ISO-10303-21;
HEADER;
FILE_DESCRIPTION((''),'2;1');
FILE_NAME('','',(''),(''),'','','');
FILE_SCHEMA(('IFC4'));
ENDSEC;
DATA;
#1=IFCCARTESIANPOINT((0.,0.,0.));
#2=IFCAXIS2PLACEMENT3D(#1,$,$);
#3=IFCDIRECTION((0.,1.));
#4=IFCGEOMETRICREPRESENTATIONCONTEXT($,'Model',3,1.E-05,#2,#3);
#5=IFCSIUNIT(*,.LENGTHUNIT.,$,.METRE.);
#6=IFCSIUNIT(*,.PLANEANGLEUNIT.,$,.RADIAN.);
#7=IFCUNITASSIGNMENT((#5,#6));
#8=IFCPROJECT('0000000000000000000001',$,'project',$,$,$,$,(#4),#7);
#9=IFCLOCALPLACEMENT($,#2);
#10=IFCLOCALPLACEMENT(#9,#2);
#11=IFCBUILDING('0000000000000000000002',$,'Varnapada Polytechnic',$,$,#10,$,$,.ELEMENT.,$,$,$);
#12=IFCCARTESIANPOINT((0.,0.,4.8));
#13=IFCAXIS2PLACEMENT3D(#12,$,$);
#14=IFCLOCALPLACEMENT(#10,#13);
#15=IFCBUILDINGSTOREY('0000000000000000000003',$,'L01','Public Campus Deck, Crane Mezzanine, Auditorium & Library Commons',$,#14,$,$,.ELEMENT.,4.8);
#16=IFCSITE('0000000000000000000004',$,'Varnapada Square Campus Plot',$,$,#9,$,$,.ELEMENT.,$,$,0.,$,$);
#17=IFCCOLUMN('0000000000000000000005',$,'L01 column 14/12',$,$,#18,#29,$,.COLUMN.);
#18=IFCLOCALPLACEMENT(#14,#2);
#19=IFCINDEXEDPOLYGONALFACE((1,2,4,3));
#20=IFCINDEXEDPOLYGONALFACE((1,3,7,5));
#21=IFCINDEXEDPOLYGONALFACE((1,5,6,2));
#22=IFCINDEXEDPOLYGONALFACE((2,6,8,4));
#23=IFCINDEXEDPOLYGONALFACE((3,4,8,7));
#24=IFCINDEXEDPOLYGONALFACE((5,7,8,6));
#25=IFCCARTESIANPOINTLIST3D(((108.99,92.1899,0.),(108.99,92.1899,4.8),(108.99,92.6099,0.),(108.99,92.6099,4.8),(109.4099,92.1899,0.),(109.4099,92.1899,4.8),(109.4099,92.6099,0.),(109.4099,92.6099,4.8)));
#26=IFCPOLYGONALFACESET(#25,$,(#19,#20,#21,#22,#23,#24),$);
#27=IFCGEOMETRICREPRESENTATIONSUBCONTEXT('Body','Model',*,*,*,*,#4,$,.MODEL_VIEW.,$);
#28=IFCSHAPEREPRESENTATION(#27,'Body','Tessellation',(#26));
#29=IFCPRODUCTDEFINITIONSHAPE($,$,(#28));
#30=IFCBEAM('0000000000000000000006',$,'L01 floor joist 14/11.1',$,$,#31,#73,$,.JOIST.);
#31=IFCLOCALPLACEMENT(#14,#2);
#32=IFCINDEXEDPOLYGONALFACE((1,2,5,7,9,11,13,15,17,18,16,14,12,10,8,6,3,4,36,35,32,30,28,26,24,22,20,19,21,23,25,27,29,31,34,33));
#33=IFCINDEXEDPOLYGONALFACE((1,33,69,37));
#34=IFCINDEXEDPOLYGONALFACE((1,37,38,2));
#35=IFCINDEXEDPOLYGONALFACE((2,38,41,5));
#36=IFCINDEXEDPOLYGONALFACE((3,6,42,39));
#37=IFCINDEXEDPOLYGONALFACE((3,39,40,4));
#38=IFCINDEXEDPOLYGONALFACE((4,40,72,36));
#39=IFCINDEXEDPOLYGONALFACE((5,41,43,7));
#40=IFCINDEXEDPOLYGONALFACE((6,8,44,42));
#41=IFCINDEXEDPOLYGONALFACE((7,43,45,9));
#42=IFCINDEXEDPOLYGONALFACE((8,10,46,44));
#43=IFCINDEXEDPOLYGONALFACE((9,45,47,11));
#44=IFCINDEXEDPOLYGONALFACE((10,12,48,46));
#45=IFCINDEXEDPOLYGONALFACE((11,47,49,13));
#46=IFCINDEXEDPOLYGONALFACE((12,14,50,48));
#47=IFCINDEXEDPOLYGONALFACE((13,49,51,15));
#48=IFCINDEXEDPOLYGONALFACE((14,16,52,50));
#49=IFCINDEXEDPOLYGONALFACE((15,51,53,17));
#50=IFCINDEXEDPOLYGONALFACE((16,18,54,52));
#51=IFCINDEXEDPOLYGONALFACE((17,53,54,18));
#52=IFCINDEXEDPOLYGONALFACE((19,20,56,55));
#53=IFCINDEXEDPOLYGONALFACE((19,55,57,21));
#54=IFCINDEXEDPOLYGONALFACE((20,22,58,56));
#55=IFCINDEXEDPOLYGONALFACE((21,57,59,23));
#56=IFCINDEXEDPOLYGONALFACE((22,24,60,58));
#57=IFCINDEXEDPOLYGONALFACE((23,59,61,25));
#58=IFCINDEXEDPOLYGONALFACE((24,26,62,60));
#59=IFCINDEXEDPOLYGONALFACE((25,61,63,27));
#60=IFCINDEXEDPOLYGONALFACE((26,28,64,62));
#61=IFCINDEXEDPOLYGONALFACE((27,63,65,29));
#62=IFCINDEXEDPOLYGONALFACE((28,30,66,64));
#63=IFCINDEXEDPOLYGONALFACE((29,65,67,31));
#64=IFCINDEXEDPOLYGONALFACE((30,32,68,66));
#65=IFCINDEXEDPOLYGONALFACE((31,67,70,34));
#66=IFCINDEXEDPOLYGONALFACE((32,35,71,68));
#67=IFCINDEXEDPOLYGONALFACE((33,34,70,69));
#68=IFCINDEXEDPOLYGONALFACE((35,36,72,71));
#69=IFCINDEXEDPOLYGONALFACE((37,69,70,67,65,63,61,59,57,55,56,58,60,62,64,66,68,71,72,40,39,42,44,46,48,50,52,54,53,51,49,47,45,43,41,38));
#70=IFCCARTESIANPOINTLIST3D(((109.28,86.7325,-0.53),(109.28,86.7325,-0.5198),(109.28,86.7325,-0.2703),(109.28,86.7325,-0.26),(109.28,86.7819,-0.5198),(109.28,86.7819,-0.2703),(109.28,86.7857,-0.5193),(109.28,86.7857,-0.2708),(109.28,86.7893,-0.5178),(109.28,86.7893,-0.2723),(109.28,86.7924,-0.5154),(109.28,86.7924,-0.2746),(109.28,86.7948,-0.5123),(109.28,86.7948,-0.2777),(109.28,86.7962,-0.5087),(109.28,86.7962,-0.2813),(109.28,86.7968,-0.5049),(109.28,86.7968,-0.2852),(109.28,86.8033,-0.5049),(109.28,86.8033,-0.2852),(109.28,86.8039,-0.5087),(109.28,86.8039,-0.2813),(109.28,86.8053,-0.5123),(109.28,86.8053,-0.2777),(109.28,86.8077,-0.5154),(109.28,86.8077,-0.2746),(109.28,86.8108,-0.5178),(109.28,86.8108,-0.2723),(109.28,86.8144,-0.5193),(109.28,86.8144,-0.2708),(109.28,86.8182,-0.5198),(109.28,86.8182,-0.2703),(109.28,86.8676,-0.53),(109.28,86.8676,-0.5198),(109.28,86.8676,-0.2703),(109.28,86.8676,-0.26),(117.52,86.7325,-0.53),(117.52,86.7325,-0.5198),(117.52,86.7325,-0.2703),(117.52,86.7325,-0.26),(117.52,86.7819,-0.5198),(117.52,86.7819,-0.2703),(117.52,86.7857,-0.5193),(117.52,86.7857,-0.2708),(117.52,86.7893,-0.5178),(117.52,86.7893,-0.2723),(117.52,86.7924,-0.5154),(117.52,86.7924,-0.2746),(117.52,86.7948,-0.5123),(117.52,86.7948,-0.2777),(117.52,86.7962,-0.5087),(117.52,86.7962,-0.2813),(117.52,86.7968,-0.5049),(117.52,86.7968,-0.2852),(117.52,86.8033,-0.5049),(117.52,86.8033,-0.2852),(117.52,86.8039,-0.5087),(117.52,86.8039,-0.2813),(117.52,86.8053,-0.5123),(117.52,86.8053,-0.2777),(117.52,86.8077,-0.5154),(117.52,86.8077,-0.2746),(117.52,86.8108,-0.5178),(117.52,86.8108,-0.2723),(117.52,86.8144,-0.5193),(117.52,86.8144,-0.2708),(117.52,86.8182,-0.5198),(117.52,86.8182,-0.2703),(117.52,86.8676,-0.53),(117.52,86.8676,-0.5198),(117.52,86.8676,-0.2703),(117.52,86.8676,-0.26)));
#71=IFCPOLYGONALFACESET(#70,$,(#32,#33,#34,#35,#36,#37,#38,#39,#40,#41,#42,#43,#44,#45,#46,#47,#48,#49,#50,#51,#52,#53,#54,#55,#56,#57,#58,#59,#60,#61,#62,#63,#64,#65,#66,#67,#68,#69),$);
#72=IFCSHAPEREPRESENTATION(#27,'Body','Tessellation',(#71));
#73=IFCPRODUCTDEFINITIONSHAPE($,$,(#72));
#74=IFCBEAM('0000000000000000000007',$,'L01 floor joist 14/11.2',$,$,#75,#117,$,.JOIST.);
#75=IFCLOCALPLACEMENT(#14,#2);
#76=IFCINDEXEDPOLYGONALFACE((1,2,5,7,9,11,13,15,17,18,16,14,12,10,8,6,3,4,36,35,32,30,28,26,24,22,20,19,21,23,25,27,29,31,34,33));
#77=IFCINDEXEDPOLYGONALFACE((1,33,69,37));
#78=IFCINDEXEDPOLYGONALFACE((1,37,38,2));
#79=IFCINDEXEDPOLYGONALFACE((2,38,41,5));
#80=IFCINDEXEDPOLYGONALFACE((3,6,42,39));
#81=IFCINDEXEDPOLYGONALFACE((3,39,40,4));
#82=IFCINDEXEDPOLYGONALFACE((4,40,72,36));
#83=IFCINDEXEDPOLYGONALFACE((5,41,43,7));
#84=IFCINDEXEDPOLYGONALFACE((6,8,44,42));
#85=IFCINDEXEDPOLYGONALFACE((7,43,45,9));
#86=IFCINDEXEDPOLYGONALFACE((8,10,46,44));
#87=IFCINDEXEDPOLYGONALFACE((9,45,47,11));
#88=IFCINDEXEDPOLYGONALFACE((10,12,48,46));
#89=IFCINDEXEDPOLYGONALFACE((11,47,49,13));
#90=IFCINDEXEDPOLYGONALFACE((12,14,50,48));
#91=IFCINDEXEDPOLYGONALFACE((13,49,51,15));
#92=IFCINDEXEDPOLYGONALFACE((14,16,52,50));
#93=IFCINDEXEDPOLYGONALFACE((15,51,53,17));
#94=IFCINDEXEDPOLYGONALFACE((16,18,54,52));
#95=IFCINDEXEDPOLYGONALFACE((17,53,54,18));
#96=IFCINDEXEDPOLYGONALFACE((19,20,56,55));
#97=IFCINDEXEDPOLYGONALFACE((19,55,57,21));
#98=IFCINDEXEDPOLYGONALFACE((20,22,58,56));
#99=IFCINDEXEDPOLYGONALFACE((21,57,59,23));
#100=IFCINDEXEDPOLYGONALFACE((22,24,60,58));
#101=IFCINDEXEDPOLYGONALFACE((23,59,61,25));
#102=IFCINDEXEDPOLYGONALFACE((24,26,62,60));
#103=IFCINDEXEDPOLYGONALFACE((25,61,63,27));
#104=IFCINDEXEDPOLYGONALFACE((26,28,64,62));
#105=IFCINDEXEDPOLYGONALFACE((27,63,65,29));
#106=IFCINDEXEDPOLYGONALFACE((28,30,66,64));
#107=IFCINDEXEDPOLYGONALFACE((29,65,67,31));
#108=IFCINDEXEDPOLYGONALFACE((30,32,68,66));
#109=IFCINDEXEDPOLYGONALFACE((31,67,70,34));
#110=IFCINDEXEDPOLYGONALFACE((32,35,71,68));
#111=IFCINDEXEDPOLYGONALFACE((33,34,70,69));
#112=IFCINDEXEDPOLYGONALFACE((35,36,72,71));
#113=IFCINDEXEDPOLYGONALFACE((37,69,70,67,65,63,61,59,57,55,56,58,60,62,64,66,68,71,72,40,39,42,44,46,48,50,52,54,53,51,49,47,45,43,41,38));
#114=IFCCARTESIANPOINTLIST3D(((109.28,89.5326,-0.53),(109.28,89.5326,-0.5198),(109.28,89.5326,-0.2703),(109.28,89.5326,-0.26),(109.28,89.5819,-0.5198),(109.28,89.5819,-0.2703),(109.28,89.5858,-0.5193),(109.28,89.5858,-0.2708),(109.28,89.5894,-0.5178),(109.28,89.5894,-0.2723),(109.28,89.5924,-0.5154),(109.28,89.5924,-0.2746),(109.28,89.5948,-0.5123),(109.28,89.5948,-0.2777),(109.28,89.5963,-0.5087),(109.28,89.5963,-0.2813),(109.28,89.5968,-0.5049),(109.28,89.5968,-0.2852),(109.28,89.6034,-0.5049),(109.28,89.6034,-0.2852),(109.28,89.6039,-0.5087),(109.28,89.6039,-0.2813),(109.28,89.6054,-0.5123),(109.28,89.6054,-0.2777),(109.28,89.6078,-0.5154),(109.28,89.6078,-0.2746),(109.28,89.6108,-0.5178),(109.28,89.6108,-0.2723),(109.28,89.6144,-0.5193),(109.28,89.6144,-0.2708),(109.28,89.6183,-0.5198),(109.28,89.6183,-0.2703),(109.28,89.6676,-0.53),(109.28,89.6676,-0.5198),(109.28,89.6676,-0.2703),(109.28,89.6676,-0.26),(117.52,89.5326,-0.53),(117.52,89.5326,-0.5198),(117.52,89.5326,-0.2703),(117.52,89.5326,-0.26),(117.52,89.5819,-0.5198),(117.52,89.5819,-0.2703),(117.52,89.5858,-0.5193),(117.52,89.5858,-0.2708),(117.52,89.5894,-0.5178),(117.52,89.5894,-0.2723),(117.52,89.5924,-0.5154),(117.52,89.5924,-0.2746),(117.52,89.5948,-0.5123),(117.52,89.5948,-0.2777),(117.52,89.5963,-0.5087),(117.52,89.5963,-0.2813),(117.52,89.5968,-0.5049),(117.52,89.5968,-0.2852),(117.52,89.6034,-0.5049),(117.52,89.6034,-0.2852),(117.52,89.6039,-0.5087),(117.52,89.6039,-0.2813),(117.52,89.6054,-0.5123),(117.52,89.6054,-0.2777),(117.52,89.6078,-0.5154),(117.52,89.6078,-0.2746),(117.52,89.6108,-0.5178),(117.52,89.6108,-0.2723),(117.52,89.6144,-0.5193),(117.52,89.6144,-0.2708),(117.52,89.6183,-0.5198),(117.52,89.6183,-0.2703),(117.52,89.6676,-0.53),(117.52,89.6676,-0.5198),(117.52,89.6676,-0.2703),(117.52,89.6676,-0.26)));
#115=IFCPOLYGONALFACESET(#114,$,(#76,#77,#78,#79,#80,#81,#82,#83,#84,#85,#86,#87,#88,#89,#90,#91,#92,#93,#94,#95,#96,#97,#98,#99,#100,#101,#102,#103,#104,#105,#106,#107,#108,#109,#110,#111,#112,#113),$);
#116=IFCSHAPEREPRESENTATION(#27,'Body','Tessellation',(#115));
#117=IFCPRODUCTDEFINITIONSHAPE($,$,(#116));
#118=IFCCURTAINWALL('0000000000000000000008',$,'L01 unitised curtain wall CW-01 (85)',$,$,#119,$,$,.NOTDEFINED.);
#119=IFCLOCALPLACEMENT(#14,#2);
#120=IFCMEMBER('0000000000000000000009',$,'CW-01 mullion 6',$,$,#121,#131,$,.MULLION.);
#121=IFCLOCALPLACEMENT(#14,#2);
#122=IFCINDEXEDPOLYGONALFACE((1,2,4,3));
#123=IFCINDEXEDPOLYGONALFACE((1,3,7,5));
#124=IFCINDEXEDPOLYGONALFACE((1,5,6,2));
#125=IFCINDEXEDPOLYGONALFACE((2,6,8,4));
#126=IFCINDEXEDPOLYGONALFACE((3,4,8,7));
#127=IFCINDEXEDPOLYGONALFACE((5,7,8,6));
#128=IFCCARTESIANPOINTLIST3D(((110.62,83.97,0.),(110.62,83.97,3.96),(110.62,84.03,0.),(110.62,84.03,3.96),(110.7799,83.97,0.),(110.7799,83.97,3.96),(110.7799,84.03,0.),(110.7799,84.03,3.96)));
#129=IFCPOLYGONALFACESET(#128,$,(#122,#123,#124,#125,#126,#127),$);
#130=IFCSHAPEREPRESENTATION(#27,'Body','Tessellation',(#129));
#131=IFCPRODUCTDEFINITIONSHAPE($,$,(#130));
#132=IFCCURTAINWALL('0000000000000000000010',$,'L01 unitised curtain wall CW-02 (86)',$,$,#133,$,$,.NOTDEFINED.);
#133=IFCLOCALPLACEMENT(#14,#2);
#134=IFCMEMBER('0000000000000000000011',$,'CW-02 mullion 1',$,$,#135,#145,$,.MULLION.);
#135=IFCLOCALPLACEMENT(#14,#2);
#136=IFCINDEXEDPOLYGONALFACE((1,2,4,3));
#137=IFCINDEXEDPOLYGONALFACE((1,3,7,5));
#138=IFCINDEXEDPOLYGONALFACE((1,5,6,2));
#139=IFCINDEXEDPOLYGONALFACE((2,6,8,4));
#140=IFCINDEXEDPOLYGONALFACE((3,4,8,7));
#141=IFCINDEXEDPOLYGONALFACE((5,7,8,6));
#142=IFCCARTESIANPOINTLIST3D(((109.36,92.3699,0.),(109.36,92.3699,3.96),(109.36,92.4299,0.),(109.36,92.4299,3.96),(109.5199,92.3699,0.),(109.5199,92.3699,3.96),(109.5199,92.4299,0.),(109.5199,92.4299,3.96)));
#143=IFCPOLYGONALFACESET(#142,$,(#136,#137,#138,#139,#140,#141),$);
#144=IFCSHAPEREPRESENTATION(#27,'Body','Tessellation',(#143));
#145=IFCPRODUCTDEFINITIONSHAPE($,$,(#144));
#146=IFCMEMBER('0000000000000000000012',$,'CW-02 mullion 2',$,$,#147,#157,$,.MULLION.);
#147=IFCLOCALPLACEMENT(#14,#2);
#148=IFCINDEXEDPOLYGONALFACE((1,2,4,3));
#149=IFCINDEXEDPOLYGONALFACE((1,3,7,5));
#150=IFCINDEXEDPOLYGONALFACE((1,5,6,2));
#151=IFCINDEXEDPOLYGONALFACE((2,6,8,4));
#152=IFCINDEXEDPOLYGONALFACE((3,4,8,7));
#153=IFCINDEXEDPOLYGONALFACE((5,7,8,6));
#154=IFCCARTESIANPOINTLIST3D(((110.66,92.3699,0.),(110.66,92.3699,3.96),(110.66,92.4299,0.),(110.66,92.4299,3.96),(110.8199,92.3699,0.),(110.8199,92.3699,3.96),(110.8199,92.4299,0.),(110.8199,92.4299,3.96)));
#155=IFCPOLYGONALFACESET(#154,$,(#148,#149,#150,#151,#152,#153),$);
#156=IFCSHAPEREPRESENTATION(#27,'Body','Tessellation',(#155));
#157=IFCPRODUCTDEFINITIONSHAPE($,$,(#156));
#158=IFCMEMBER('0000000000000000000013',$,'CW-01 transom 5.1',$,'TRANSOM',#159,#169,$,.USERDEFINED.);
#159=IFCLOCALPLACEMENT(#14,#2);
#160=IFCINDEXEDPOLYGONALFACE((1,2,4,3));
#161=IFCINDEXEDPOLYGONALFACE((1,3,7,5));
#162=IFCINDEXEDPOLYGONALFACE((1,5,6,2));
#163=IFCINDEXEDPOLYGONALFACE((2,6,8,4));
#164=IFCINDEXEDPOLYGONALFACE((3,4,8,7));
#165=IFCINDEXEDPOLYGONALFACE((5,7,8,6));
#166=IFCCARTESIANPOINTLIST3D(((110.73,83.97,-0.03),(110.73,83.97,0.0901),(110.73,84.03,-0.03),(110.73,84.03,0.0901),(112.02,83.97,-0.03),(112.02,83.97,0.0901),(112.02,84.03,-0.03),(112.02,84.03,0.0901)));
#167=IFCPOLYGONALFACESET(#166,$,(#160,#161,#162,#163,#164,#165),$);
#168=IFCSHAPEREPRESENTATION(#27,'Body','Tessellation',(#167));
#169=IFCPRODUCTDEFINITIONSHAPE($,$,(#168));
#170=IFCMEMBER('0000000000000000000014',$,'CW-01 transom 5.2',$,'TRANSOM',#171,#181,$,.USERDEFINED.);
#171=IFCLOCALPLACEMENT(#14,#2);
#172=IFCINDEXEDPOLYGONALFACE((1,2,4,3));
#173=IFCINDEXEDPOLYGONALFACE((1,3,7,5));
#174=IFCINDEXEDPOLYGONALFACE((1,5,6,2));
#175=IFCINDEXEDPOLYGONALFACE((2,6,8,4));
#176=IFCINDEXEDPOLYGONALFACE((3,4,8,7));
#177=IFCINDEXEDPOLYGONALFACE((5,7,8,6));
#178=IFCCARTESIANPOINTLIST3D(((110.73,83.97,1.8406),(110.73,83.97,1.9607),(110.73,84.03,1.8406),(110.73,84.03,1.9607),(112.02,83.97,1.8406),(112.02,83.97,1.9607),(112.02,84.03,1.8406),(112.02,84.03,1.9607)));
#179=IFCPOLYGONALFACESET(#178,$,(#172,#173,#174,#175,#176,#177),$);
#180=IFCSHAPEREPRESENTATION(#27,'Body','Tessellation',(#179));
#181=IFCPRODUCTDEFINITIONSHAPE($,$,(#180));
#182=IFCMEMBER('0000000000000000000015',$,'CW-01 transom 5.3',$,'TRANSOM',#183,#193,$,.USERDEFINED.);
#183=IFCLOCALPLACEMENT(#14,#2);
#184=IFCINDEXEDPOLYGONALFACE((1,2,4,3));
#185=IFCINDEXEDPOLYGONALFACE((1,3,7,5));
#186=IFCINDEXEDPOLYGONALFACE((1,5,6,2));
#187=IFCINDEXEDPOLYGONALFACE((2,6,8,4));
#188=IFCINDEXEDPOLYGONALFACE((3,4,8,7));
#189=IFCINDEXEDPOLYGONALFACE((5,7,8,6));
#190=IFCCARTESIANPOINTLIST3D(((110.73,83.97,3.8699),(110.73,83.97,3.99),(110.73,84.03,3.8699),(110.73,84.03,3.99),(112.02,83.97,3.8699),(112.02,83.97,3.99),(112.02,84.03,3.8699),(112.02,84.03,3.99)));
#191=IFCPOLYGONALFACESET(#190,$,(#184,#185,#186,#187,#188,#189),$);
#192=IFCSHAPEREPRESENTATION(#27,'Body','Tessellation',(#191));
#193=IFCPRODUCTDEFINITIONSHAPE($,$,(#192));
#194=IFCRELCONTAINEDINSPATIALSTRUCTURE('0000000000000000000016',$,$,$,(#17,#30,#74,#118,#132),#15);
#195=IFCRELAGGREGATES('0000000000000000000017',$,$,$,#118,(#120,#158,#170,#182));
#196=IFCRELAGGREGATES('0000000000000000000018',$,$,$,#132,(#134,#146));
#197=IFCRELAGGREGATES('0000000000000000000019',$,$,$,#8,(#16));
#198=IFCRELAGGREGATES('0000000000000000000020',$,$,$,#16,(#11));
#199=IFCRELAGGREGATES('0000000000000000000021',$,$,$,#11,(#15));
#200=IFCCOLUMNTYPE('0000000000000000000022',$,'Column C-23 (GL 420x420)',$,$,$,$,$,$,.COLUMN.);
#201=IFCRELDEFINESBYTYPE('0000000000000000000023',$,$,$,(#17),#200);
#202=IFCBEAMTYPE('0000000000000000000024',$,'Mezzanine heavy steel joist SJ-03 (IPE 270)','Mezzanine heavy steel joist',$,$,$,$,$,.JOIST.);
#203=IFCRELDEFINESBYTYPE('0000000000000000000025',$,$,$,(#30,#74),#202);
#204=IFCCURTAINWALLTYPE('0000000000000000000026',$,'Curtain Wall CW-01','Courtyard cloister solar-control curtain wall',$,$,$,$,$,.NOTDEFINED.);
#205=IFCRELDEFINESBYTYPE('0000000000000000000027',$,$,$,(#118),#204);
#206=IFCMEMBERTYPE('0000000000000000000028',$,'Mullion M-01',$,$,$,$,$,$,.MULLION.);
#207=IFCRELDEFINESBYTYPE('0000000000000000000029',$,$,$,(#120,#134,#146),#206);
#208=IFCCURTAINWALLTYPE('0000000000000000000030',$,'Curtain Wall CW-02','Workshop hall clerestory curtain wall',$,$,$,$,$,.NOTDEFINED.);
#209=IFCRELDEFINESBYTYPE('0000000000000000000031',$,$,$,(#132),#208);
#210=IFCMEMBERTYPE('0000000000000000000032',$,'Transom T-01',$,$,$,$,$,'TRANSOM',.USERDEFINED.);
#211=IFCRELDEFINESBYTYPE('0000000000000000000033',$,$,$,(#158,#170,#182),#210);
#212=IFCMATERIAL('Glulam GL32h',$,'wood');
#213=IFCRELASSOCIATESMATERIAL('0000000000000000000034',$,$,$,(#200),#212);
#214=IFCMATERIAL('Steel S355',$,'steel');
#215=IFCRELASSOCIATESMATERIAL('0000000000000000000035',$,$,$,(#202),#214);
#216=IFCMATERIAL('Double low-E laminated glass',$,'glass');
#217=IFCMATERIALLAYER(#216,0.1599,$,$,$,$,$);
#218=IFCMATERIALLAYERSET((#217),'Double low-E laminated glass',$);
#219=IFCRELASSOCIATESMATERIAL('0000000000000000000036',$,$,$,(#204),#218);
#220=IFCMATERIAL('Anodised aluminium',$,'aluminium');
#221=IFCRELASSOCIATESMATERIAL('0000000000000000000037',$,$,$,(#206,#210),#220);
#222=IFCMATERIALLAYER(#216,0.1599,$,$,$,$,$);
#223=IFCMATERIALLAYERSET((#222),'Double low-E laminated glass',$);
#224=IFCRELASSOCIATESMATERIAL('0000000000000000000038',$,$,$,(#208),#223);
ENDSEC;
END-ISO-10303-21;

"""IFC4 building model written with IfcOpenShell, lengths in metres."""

from ifc_helpers import new_model, si_unit, direction, frame, origin, origin_2d, place, context, subcontext, project, spatial, rectangle, i_section, extrude, material, layer, layer_set, material_profile, profile_set, type_object, element, aggregate, save


model = new_model("IFC4")

# Units and contexts
model_context = context("Model", 3, precision=1e-05, world=origin(), true_north=direction((0.0, 1.0)))
body_context = subcontext(model_context, "Body", "Model", "MODEL_VIEW")
ifc_project = project(units=[si_unit("LENGTHUNIT", "METRE"), si_unit("PLANEANGLEUNIT", "RADIAN")], contexts=[model_context])

# Site, building, storey
site_placement = place(None, origin())
site = spatial("IfcSite", under=ifc_project, at=site_placement, Name="Varnapada Square Campus Plot", CompositionType="ELEMENT", RefElevation=0.0)
building_placement = place(site_placement, origin())
building = spatial("IfcBuilding", under=site, at=building_placement, Name="Varnapada Polytechnic", CompositionType="ELEMENT")
storey_placement = place(building_placement, frame((0.0, 0.0, 4.8)))
storey = spatial("IfcBuildingStorey", under=building, at=storey_placement, Name="L01", Description="Public Campus Deck, Crane Mezzanine, Auditorium & Library Commons", CompositionType="ELEMENT", Elevation=4.8)

# Column
ifc_material_1 = material(Name="Glulam GL32h", Category="wood")
ifc_material_profile_1 = material_profile(ifc_material_1, rectangle(XDim=0.4199, YDim=0.4199, at=origin_2d()), Name="GL 420x420")
ifc_profile_set_1 = profile_set([ifc_material_profile_1], Name="Glulam GL32h")
column_type = type_object("IfcColumnType", Name="Column C-23 (GL 420x420)", PredefinedType="COLUMN", material=ifc_profile_set_1)
column_placement = place(storey_placement, frame((109.2, 92.3999, 0.0), z_axis=(0.0, 0.0, 1.0), x_axis=(1.0, 0.0, 0.0)))
element("IfcColumn", 1, at=column_placement, inside=storey, type_object=column_type, Name="L01 column 14/12", PredefinedType="COLUMN", context=body_context, shape_type="SweptSolid", body=[
    extrude(rectangle(XDim=0.4199, YDim=0.4199, at=origin_2d()), origin(), (0.0, 0.0, 1.0), 4.8),
])

# Beams
ifc_material_2 = material(Name="Steel S355", Category="steel")
ifc_material_profile_2 = material_profile(ifc_material_2, i_section(OverallWidth=0.135, OverallDepth=0.27, WebThickness=0.0066, FlangeThickness=0.0103, FilletRadius=0.0149, at=origin_2d()), Name="IPE 270")
ifc_profile_set_2 = profile_set([ifc_material_profile_2], Name="Steel S355")
beam_type_1 = type_object("IfcBeamType", Name="Mezzanine heavy steel joist SJ-03 (IPE 270)", Description="Mezzanine heavy steel joist", PredefinedType="JOIST", material=ifc_profile_set_2)
for number, where, z_axis, x_axis, name in (
    (2, (109.28, 86.8, -0.395), (1.0, 0.0, 0.0), (0.0, 1.0, 0.0), "L01 floor joist 14/11.1"),
    (3, (109.28, 89.6001, -0.395), (1.0, 0.0, 0.0), (0.0, 1.0, 0.0), "L01 floor joist 14/11.2"),
):
    element("IfcBeam", number, at=place(storey_placement, frame(where, z_axis=z_axis, x_axis=x_axis)), inside=storey, type_object=beam_type_1, Name=name, PredefinedType="JOIST", context=body_context, shape_type="SweptSolid", body=[
        extrude(i_section(OverallWidth=0.135, OverallDepth=0.27, WebThickness=0.0066, FlangeThickness=0.0103, FilletRadius=0.0149, at=origin_2d()), origin(), (0.0, 0.0, 1.0), 8.24),
    ])

# Curtain wall, member
ifc_material_3 = material(Name="Double low-E laminated glass", Category="glass")
ifc_layer_1 = layer(ifc_material_3, 0.1599)
ifc_layer_set_1 = layer_set([ifc_layer_1], Name="Double low-E laminated glass")
curtain_wall_type_1 = type_object("IfcCurtainWallType", Name="Curtain Wall CW-01", Description="Courtyard cloister solar-control curtain wall", PredefinedType="NOTDEFINED", material=ifc_layer_set_1)
curtain_wall_1_placement = place(storey_placement, origin())
curtain_wall_1 = element("IfcCurtainWall", 4, at=curtain_wall_1_placement, inside=storey, type_object=curtain_wall_type_1, Name="L01 unitised curtain wall CW-01 (85)", PredefinedType="NOTDEFINED")
ifc_material_4 = material(Name="Anodised aluminium", Category="aluminium")
ifc_material_profile_3 = material_profile(ifc_material_4, rectangle(XDim=0.0601, YDim=0.1599, at=origin_2d()), Name="ALU M60x160")
ifc_profile_set_3 = profile_set([ifc_material_profile_3], Name="Anodised aluminium")
member_type_1 = type_object("IfcMemberType", Name="Mullion M-01", PredefinedType="MULLION", material=ifc_profile_set_3)
member_1_placement = place(storey_placement, frame((110.7, 84.0, 0.0), z_axis=(0.0, 0.0, 1.0), x_axis=(0.0, -1.0, 0.0)))
member_1 = element("IfcMember", 5, at=member_1_placement, type_object=member_type_1, Name="CW-01 mullion 6", PredefinedType="MULLION", context=body_context, shape_type="SweptSolid", body=[
    extrude(rectangle(XDim=0.0601, YDim=0.1599, at=origin_2d()), origin(), (0.0, 0.0, 1.0), 3.96),
])

# Curtain wall, members
ifc_layer_2 = layer(ifc_material_3, 0.1599)
ifc_layer_set_2 = layer_set([ifc_layer_2], Name="Double low-E laminated glass")
curtain_wall_type_2 = type_object("IfcCurtainWallType", Name="Curtain Wall CW-02", Description="Workshop hall clerestory curtain wall", PredefinedType="NOTDEFINED", material=ifc_layer_set_2)
curtain_wall_2_placement = place(storey_placement, origin())
curtain_wall_2 = element("IfcCurtainWall", 6, at=curtain_wall_2_placement, inside=storey, type_object=curtain_wall_type_2, Name="L01 unitised curtain wall CW-02 (86)", PredefinedType="NOTDEFINED")
member_2_placement = place(storey_placement, frame((109.4399, 92.3999, 0.0), z_axis=(0.0, 0.0, 1.0), x_axis=(0.0, 1.0, 0.0)))
member_2 = element("IfcMember", 7, at=member_2_placement, type_object=member_type_1, Name="CW-02 mullion 1", PredefinedType="MULLION", context=body_context, shape_type="SweptSolid", body=[
    extrude(rectangle(XDim=0.0601, YDim=0.1599, at=origin_2d()), origin(), (0.0, 0.0, 1.0), 3.96),
])
member_3_placement = place(storey_placement, frame((110.74, 92.3999, 0.0), z_axis=(0.0, 0.0, 1.0), x_axis=(0.0, 1.0, 0.0)))
member_3 = element("IfcMember", 8, at=member_3_placement, type_object=member_type_1, Name="CW-02 mullion 2", PredefinedType="MULLION", context=body_context, shape_type="SweptSolid", body=[
    extrude(rectangle(XDim=0.0601, YDim=0.1599, at=origin_2d()), origin(), (0.0, 0.0, 1.0), 3.96),
])

# Members
ifc_material_profile_4 = material_profile(ifc_material_4, rectangle(XDim=0.0601, YDim=0.1201, at=origin_2d()), Name="ALU T60x120")
ifc_profile_set_4 = profile_set([ifc_material_profile_4], Name="Anodised aluminium")
member_type_2 = type_object("IfcMemberType", Name="Transom T-01", ElementType="TRANSOM", PredefinedType="USERDEFINED", material=ifc_profile_set_4)
member_4_placement = place(storey_placement, frame((112.02, 84.0, 0.03), z_axis=(-1.0, 0.0, 0.0), x_axis=(0.0, -1.0, 0.0)))
member_4 = element("IfcMember", 9, at=member_4_placement, type_object=member_type_2, Name="CW-01 transom 5.1", ObjectType="TRANSOM", PredefinedType="USERDEFINED", context=body_context, shape_type="SweptSolid", body=[
    extrude(rectangle(XDim=0.0601, YDim=0.1201, at=origin_2d()), origin(), (0.0, 0.0, 1.0), 1.29),
])
member_5_placement = place(storey_placement, frame((112.02, 84.0, 1.9006), z_axis=(-1.0, 0.0, 0.0), x_axis=(0.0, -1.0, 0.0)))
member_5 = element("IfcMember", 10, at=member_5_placement, type_object=member_type_2, Name="CW-01 transom 5.2", ObjectType="TRANSOM", PredefinedType="USERDEFINED", context=body_context, shape_type="SweptSolid", body=[
    extrude(rectangle(XDim=0.0601, YDim=0.1201, at=origin_2d()), origin(), (0.0, 0.0, 1.0), 1.29),
])
member_6_placement = place(storey_placement, frame((112.02, 84.0, 3.9299), z_axis=(-1.0, 0.0, 0.0), x_axis=(0.0, -1.0, 0.0)))
member_6 = element("IfcMember", 11, at=member_6_placement, type_object=member_type_2, Name="CW-01 transom 5.3", ObjectType="TRANSOM", PredefinedType="USERDEFINED", context=body_context, shape_type="SweptSolid", body=[
    extrude(rectangle(XDim=0.0601, YDim=0.1201, at=origin_2d()), origin(), (0.0, 0.0, 1.0), 1.29),
])

aggregate(curtain_wall_1, [member_1, member_4, member_5, member_6])
aggregate(curtain_wall_2, [member_2, member_3])

save(model, "model.ifc")
